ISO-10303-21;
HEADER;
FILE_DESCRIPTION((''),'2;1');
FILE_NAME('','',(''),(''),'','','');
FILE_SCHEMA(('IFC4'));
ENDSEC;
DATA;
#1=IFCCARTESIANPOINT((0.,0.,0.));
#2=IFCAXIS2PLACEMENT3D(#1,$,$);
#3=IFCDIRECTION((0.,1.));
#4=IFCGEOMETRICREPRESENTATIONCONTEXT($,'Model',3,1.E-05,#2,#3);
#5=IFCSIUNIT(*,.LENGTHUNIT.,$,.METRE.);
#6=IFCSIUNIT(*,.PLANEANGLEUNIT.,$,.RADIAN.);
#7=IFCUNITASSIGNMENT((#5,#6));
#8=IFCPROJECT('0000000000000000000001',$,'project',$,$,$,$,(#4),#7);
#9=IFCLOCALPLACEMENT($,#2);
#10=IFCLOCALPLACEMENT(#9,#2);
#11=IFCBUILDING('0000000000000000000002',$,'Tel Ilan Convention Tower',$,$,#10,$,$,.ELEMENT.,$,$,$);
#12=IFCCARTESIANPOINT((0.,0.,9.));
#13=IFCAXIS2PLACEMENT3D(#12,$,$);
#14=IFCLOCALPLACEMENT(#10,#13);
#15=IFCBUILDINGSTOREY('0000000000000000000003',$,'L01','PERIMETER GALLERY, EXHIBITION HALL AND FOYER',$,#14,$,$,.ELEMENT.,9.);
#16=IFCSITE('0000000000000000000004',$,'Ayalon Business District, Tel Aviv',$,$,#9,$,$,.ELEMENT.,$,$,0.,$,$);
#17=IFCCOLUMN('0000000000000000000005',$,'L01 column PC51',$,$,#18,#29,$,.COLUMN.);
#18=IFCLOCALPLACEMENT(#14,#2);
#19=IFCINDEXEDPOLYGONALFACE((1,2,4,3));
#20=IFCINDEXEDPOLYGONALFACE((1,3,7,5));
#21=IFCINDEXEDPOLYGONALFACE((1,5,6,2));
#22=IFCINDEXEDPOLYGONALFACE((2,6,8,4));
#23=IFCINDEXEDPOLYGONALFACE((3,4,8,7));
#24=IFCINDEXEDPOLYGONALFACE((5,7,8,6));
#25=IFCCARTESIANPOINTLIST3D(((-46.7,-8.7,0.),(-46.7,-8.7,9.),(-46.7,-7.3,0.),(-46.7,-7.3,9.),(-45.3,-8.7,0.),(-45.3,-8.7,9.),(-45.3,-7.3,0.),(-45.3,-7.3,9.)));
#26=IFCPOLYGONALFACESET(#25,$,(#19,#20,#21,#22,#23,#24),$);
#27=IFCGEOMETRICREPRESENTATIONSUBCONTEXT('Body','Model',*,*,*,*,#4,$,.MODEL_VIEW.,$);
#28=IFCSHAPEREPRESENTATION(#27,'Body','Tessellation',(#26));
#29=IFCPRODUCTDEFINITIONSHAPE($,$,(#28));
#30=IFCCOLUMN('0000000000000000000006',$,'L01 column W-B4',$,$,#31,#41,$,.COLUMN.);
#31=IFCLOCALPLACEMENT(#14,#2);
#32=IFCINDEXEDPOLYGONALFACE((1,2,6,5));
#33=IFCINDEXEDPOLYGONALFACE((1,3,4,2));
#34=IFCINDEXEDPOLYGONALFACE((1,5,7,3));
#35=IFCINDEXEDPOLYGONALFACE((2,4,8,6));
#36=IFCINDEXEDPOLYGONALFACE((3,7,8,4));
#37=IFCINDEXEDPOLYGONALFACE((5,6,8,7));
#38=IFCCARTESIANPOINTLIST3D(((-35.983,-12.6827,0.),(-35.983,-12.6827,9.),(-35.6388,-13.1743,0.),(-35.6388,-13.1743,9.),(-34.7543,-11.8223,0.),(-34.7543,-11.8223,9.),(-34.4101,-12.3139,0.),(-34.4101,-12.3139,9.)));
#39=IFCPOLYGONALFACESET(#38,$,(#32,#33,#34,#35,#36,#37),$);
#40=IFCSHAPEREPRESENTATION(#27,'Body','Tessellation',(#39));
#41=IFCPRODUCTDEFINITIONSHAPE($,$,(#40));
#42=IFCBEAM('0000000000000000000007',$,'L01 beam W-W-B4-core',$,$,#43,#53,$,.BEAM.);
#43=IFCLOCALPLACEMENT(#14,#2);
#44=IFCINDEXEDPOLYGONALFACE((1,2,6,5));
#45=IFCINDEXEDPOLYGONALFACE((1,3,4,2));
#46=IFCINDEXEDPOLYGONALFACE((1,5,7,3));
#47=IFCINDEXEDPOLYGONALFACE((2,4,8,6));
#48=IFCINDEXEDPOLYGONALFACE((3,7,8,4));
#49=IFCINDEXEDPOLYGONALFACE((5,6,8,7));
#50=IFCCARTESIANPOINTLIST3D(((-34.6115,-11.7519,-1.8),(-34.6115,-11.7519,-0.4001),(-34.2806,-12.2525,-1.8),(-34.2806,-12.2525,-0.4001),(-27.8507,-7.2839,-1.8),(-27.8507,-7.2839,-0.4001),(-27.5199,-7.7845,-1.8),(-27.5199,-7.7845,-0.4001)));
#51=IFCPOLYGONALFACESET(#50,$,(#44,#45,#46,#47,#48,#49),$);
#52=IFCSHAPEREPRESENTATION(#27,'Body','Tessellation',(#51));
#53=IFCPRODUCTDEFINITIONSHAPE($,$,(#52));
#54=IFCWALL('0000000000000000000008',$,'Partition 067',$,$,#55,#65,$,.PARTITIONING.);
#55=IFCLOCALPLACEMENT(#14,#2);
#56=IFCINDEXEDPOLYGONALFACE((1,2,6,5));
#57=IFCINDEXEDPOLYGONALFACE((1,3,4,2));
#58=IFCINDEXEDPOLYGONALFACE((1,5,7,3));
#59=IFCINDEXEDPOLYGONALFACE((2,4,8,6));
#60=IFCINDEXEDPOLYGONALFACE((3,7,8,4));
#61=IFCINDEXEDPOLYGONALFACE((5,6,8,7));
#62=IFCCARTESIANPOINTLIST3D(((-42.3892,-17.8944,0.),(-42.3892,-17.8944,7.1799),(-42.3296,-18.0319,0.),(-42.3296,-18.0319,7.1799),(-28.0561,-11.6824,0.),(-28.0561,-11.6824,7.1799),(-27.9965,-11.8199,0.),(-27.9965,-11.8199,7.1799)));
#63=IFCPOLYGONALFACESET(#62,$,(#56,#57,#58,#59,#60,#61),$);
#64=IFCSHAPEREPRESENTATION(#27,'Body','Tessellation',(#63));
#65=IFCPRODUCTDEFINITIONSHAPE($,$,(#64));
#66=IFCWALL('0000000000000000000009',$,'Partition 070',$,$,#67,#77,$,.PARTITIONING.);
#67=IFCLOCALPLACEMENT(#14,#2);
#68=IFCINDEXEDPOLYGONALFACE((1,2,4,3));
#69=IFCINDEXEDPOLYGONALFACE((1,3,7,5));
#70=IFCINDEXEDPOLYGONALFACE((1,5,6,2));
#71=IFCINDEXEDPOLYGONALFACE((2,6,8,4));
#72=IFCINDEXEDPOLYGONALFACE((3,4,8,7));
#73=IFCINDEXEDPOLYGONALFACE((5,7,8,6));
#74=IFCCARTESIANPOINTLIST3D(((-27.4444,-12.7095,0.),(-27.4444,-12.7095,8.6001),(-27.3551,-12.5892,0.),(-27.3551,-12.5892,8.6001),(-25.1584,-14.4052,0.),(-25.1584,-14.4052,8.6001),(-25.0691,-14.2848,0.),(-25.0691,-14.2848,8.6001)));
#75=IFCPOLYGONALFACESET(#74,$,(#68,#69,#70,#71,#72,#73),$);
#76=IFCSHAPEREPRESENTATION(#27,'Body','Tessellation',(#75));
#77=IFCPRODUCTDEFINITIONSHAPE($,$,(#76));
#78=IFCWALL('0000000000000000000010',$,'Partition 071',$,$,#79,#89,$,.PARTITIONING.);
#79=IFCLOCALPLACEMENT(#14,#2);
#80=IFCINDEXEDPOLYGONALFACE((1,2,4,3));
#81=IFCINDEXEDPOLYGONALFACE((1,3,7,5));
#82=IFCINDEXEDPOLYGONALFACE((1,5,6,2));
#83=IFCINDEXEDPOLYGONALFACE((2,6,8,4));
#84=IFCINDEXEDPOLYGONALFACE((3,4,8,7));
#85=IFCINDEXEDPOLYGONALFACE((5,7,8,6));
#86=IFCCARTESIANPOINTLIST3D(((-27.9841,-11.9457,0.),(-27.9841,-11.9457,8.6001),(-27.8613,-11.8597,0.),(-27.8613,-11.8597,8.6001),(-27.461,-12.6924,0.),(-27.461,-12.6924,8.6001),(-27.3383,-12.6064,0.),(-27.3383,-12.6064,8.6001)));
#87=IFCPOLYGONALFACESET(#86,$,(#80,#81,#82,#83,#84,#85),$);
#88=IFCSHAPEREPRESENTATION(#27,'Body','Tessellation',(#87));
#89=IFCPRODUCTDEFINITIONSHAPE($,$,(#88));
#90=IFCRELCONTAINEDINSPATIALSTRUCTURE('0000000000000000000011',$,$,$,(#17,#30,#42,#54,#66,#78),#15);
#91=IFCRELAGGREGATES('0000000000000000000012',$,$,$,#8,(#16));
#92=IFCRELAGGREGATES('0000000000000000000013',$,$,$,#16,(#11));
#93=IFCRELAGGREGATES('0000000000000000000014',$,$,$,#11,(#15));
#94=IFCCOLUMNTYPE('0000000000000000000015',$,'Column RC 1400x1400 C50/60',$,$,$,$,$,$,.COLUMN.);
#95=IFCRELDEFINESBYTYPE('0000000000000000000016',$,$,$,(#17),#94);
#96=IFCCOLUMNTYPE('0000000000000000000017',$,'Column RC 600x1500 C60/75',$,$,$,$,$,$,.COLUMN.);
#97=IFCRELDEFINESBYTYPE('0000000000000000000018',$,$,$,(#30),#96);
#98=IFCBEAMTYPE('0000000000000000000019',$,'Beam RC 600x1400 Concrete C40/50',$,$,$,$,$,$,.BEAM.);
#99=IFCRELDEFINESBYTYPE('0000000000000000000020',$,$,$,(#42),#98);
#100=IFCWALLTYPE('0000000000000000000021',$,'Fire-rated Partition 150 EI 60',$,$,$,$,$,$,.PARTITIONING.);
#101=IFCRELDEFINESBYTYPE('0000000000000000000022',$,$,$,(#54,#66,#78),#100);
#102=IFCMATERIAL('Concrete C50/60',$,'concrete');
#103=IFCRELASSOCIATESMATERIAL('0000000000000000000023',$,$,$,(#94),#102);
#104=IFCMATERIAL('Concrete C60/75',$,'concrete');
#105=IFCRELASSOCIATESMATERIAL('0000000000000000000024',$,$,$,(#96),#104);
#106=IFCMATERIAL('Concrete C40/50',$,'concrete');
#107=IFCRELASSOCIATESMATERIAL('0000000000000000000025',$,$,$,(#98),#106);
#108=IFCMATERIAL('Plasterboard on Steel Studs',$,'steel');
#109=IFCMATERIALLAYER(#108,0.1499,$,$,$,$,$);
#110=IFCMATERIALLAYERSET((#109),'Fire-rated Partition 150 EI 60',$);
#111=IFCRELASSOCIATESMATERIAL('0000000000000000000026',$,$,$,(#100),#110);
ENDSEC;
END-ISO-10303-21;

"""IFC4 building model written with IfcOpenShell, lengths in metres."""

from ifc_helpers import new_model, si_unit, direction, frame, frame_2d, origin, origin_2d, place, context, subcontext, project, spatial, rectangle, extrude, material, layer, layer_set, material_profile, profile_set, type_object, element, save


model = new_model("IFC4")

# Units and contexts
model_context = context("Model", 3, precision=1e-05, world=origin(), true_north=direction((0.0, 1.0)))
body_context = subcontext(model_context, "Body", "Model", "MODEL_VIEW")
ifc_project = project(units=[si_unit("LENGTHUNIT", "METRE"), si_unit("PLANEANGLEUNIT", "RADIAN")], contexts=[model_context])

# Site, building, storey
site_placement = place(None, origin())
site = spatial("IfcSite", under=ifc_project, at=site_placement, Name="Ayalon Business District, Tel Aviv", CompositionType="ELEMENT", RefElevation=0.0)
building_placement = place(site_placement, origin())
building = spatial("IfcBuilding", under=site, at=building_placement, Name="Tel Ilan Convention Tower", CompositionType="ELEMENT")
storey_placement = place(building_placement, frame((0.0, 0.0, 9.0)))
storey = spatial("IfcBuildingStorey", under=building, at=storey_placement, Name="L01", Description="PERIMETER GALLERY, EXHIBITION HALL AND FOYER", CompositionType="ELEMENT", Elevation=9.0)

# Columns
ifc_material_1 = material(Name="Concrete C50/60", Category="concrete")
ifc_material_profile_1 = material_profile(ifc_material_1, rectangle(XDim=1.3999, YDim=1.3999, at=origin_2d()), Name="RC 1400x1400")
ifc_profile_set_1 = profile_set([ifc_material_profile_1], Name="Concrete C50/60")
column_type_1 = type_object("IfcColumnType", Name="Column RC 1400x1400 C50/60", PredefinedType="COLUMN", material=ifc_profile_set_1)
column_1_placement = place(storey_placement, frame((-46.0, -8.0, 0.0), z_axis=(0.0, 0.0, 1.0), x_axis=(1.0, 0.0, 0.0)))
element("IfcColumn", 1, at=column_1_placement, inside=storey, type_object=column_type_1, Name="L01 column PC51", PredefinedType="COLUMN", context=body_context, shape_type="SweptSolid", body=[
    extrude(rectangle(XDim=1.3999, YDim=1.3999, at=origin_2d()), origin(), (0.0, 0.0, 1.0), 9.0),
])
ifc_material_2 = material(Name="Concrete C60/75", Category="concrete")
ifc_material_profile_2 = material_profile(ifc_material_2, rectangle(XDim=1.5, YDim=0.6001, at=origin_2d()), Name="RC 600x1500")
ifc_profile_set_2 = profile_set([ifc_material_profile_2], Name="Concrete C60/75")
column_type_2 = type_object("IfcColumnType", Name="Column RC 600x1500 C60/75", PredefinedType="COLUMN", material=ifc_profile_set_2)
column_2_placement = place(storey_placement, frame((-35.1965, -12.4983, 0.0), z_axis=(0.0, 0.0, 1.0), x_axis=(-0.819152, -0.573576, 0.0)))
element("IfcColumn", 2, at=column_2_placement, inside=storey, type_object=column_type_2, Name="L01 column W-B4", PredefinedType="COLUMN", context=body_context, shape_type="SweptSolid", body=[
    extrude(rectangle(XDim=1.5, YDim=0.6001, at=origin_2d()), origin(), (0.0, 0.0, 1.0), 9.0),
])

# Beam
ifc_material_3 = material(Name="Concrete C40/50", Category="concrete")
ifc_material_profile_3 = material_profile(ifc_material_3, rectangle(XDim=0.6001, YDim=1.3999, at=origin_2d()), Name="RC 600x1400")
ifc_profile_set_3 = profile_set([ifc_material_profile_3], Name="Concrete C40/50")
beam_type = type_object("IfcBeamType", Name="Beam RC 600x1400 Concrete C40/50", PredefinedType="BEAM", material=ifc_profile_set_3)
beam_placement = place(storey_placement, frame((-34.446, -12.0022, -1.1001), z_axis=(0.834273, 0.551352, 0.0), x_axis=(-0.551352, 0.834273, 0.0)))
element("IfcBeam", 3, at=beam_placement, inside=storey, type_object=beam_type, Name="L01 beam W-W-B4-core", PredefinedType="BEAM", context=body_context, shape_type="SweptSolid", body=[
    extrude(rectangle(XDim=0.6001, YDim=1.3999, at=origin_2d()), origin(), (0.0, 0.0, 1.0), 8.1038),
])

# Walls
ifc_material_4 = material(Name="Plasterboard on Steel Studs", Category="steel")
ifc_layer_1 = layer(ifc_material_4, 0.1499)
ifc_layer_set_1 = layer_set([ifc_layer_1], Name="Fire-rated Partition 150 EI 60")
wall_type_1 = type_object("IfcWallType", Name="Fire-rated Partition 150 EI 60", PredefinedType="PARTITIONING", material=ifc_layer_set_1)
wall_1_placement = place(storey_placement, frame((-28.0264, -11.7512, 0.0), z_axis=(0.0, 0.0, 1.0), x_axis=(-0.917534, -0.397658, 0.0)))
element("IfcWall", 4, at=wall_1_placement, inside=storey, type_object=wall_type_1, Name="Partition 067", PredefinedType="PARTITIONING", context=body_context, shape_type="SweptSolid", body=[
    extrude(rectangle(XDim=15.6213, YDim=0.1499, at=frame_2d((7.8105, 0.0))), origin(), (0.0, 0.0, 1.0), 7.1799),
])
wall_2_placement = place(storey_placement, frame((-25.1138, -14.345, 0.0), z_axis=(0.0, 0.0, 1.0), x_axis=(-0.80317, 0.595751, 0.0)))
element("IfcWall", 5, at=wall_2_placement, inside=storey, type_object=wall_type_1, Name="Partition 070", PredefinedType="PARTITIONING", context=body_context, shape_type="SweptSolid", body=[
    extrude(rectangle(XDim=2.8462, YDim=0.1499, at=frame_2d((1.4231, 0.0))), origin(), (0.0, 0.0, 1.0), 8.6001),
])
wall_3_placement = place(storey_placement, frame((-27.3997, -12.6494, 0.0), z_axis=(0.0, 0.0, 1.0), x_axis=(-0.573714, 0.819056, 0.0)))
element("IfcWall", 6, at=wall_3_placement, inside=storey, type_object=wall_type_1, Name="Partition 071", PredefinedType="PARTITIONING", context=body_context, shape_type="SweptSolid", body=[
    extrude(rectangle(XDim=0.9116, YDim=0.1499, at=frame_2d((0.4558, 0.0))), origin(), (0.0, 0.0, 1.0), 8.6001),
])

save(model, "model.ifc")
